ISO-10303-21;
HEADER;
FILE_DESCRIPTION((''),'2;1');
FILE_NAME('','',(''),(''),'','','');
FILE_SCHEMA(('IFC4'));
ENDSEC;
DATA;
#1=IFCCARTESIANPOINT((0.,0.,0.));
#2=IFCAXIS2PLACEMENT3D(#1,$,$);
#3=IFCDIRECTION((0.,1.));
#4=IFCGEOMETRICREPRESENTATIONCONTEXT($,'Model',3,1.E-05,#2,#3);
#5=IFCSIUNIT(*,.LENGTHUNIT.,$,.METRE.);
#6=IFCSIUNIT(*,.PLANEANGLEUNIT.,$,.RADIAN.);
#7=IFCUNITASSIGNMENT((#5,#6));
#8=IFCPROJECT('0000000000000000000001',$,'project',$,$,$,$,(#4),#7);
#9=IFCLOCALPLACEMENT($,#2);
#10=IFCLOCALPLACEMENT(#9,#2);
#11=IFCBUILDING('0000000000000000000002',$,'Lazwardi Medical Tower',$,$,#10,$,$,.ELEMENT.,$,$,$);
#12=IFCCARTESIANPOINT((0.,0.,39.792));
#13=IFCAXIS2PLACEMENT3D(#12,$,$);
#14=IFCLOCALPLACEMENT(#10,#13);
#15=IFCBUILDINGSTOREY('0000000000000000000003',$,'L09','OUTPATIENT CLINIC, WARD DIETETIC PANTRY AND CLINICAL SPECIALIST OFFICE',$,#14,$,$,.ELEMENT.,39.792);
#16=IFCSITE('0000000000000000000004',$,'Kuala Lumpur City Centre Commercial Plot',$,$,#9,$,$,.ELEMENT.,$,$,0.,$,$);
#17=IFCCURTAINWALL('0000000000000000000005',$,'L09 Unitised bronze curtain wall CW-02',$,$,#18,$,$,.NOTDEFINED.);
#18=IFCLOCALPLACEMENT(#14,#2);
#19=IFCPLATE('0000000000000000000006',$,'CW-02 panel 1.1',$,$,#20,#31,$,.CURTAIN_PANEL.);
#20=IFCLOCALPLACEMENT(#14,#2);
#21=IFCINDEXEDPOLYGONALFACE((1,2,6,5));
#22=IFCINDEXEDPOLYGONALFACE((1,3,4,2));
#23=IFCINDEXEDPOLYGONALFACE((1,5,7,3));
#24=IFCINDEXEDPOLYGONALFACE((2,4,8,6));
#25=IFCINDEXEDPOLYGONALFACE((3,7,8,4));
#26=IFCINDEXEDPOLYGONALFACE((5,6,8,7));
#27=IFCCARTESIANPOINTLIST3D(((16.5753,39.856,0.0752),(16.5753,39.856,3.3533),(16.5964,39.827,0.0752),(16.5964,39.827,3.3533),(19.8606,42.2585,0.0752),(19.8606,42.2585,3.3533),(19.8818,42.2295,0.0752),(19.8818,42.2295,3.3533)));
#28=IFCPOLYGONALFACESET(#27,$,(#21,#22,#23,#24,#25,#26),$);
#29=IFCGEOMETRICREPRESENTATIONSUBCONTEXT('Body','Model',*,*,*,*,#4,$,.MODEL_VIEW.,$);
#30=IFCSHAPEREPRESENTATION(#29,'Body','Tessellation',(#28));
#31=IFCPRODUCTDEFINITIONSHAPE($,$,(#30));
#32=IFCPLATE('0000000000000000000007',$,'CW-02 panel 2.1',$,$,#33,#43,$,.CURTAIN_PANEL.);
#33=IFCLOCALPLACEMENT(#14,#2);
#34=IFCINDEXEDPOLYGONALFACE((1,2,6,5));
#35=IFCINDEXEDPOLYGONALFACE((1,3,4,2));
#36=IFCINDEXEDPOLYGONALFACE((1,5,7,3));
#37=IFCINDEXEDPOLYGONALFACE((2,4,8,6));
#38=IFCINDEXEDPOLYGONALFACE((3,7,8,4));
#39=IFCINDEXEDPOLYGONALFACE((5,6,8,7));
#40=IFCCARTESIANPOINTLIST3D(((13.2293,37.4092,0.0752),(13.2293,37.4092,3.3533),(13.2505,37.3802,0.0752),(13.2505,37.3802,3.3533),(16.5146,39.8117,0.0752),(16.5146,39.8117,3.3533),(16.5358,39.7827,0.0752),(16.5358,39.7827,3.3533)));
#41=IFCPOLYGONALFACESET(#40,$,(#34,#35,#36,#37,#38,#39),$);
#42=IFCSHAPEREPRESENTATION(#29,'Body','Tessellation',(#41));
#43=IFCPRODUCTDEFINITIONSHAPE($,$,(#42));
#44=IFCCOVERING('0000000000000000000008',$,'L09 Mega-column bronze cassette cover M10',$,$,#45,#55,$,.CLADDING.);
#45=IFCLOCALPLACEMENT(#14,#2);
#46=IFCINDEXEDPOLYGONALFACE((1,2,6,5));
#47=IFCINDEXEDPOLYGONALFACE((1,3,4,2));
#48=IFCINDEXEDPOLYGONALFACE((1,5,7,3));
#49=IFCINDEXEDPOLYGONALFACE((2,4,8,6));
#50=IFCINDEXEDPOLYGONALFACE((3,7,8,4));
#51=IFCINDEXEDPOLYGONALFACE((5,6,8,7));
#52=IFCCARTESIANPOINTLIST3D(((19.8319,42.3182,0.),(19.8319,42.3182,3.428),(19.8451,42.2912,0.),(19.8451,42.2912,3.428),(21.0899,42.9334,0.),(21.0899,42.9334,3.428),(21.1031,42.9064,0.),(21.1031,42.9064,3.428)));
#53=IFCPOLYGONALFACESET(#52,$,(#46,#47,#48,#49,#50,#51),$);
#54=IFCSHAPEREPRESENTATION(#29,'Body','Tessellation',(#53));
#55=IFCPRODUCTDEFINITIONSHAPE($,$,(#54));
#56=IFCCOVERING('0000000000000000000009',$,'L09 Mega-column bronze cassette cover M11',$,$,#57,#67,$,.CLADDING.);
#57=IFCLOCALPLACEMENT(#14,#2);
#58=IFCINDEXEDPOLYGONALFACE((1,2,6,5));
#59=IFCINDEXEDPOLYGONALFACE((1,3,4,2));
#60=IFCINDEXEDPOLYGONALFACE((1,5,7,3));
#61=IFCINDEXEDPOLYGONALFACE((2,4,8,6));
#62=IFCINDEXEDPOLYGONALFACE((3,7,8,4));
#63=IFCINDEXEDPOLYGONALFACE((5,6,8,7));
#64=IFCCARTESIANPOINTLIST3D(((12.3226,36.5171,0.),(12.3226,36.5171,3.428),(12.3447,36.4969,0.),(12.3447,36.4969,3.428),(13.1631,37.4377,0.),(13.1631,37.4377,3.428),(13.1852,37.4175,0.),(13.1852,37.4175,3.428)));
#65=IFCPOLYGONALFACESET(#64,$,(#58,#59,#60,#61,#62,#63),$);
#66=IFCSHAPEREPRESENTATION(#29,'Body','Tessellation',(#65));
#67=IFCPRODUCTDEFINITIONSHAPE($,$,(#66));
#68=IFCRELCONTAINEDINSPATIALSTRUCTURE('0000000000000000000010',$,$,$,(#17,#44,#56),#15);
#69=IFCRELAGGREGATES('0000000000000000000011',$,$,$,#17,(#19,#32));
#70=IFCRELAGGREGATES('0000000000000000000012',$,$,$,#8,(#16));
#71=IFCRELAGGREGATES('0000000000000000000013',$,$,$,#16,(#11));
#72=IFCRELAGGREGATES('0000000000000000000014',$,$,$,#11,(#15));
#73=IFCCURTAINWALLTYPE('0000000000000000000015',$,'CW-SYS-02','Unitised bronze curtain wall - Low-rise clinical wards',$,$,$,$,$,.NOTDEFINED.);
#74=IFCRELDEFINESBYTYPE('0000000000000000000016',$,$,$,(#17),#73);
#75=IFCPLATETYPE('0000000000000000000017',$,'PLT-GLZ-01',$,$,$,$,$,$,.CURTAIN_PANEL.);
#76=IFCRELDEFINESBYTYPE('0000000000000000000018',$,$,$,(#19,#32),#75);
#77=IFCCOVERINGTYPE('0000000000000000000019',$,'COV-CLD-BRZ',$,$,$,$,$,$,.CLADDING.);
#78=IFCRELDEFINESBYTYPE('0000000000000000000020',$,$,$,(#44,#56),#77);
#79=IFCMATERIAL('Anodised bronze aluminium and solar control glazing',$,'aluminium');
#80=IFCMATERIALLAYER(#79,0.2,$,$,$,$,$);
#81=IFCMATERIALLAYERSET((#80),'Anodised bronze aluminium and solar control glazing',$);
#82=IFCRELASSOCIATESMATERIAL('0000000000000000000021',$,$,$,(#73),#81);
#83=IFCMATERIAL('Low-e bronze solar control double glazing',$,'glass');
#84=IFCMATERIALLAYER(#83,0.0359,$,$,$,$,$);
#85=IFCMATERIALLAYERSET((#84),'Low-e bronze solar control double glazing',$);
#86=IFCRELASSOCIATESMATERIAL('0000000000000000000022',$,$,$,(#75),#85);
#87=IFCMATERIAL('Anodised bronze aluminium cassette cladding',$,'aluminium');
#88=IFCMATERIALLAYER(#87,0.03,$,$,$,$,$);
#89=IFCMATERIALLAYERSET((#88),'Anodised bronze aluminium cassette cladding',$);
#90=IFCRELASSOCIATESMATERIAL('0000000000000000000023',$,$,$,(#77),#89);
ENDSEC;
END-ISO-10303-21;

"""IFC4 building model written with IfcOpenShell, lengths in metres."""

from ifc_helpers import new_model, si_unit, direction, frame, origin, origin_2d, place, context, subcontext, project, spatial, rectangle, extrude, material, layer, layer_set, type_object, element, aggregate, save


model = new_model("IFC4")

# Units and contexts
model_context = context("Model", 3, precision=1e-05, world=origin(), true_north=direction((0.0, 1.0)))
body_context = subcontext(model_context, "Body", "Model", "MODEL_VIEW")
ifc_project = project(units=[si_unit("LENGTHUNIT", "METRE"), si_unit("PLANEANGLEUNIT", "RADIAN")], contexts=[model_context])

# Site, building, storey
site_placement = place(None, origin())
site = spatial("IfcSite", under=ifc_project, at=site_placement, Name="Kuala Lumpur City Centre Commercial Plot", CompositionType="ELEMENT", RefElevation=0.0)
building_placement = place(site_placement, origin())
building = spatial("IfcBuilding", under=site, at=building_placement, Name="Lazwardi Medical Tower", CompositionType="ELEMENT")
storey_placement = place(building_placement, frame((0.0, 0.0, 39.792)))
storey = spatial("IfcBuildingStorey", under=building, at=storey_placement, Name="L09", Description="OUTPATIENT CLINIC, WARD DIETETIC PANTRY AND CLINICAL SPECIALIST OFFICE", CompositionType="ELEMENT", Elevation=39.792)

# Shared definitions
ifc_material_1 = material(Name="Anodised bronze aluminium and solar control glazing", Category="aluminium")
ifc_layer_1 = layer(ifc_material_1, 0.2)
ifc_layer_set_1 = layer_set([ifc_layer_1], Name="Anodised bronze aluminium and solar control glazing")
curtain_wall_type = type_object("IfcCurtainWallType", Name="CW-SYS-02", Description="Unitised bronze curtain wall - Low-rise clinical wards", PredefinedType="NOTDEFINED", material=ifc_layer_set_1)

# Curtain wall
curtain_wall_1_placement = place(storey_placement, origin())
curtain_wall_1 = element("IfcCurtainWall", 1, at=curtain_wall_1_placement, inside=storey, type_object=curtain_wall_type, Name="L09 Unitised bronze curtain wall CW-02", PredefinedType="NOTDEFINED")

# Plates
ifc_material_2 = material(Name="Low-e bronze solar control double glazing", Category="glass")
ifc_layer_2 = layer(ifc_material_2, 0.0359)
ifc_layer_set_2 = layer_set([ifc_layer_2], Name="Low-e bronze solar control double glazing")
plate_type = type_object("IfcPlateType", Name="PLT-GLZ-01", PredefinedType="CURTAIN_PANEL", material=ifc_layer_set_2)
plate_1_placement = place(storey_placement, frame((18.2285, 41.0427, 0.0752), z_axis=(0.0, 0.0, 1.0), x_axis=(-0.807192, -0.590289, 0.0)))
plate_1 = element("IfcPlate", 2, at=plate_1_placement, type_object=plate_type, Name="CW-02 panel 1.1", PredefinedType="CURTAIN_PANEL", context=body_context, shape_type="SweptSolid", body=[
    extrude(rectangle(XDim=4.0701, YDim=0.0359, at=origin_2d()), origin(), (0.0, 0.0, 1.0), 3.2781),
])
plate_2_placement = place(storey_placement, frame((14.8826, 38.5959, 0.0752), z_axis=(0.0, 0.0, 1.0), x_axis=(-0.807192, -0.590289, 0.0)))
plate_2 = element("IfcPlate", 3, at=plate_2_placement, type_object=plate_type, Name="CW-02 panel 2.1", PredefinedType="CURTAIN_PANEL", context=body_context, shape_type="SweptSolid", body=[
    extrude(rectangle(XDim=4.0701, YDim=0.0359, at=origin_2d()), origin(), (0.0, 0.0, 1.0), 3.2781),
])
aggregate(curtain_wall_1, [plate_1, plate_2])

# Coverings
ifc_material_3 = material(Name="Anodised bronze aluminium cassette cladding", Category="aluminium")
ifc_layer_3 = layer(ifc_material_3, 0.03)
ifc_layer_set_3 = layer_set([ifc_layer_3], Name="Anodised bronze aluminium cassette cladding")
covering_type = type_object("IfcCoveringType", Name="COV-CLD-BRZ", PredefinedType="CLADDING", material=ifc_layer_set_3)
covering_1_placement = place(storey_placement, frame((20.4675, 42.6123, 0.0), z_axis=(0.0, 0.0, 1.0), x_axis=(-0.898334, -0.439312, 0.0)))
element("IfcCovering", 4, at=covering_1_placement, inside=storey, type_object=covering_type, Name="L09 Mega-column bronze cassette cover M10", PredefinedType="CLADDING", context=body_context, shape_type="SweptSolid", body=[
    extrude(rectangle(XDim=1.4004, YDim=0.03, at=origin_2d()), origin(), (0.0, 0.0, 1.0), 3.428),
])
covering_2_placement = place(storey_placement, frame((12.7539, 36.9673, 0.0), z_axis=(0.0, 0.0, 1.0), x_axis=(-0.674252, -0.738501, 0.0)))
element("IfcCovering", 5, at=covering_2_placement, inside=storey, type_object=covering_type, Name="L09 Mega-column bronze cassette cover M11", PredefinedType="CLADDING", context=body_context, shape_type="SweptSolid", body=[
    extrude(rectangle(XDim=1.2466, YDim=0.03, at=origin_2d()), origin(), (0.0, 0.0, 1.0), 3.428),
])

save(model, "model.ifc")
